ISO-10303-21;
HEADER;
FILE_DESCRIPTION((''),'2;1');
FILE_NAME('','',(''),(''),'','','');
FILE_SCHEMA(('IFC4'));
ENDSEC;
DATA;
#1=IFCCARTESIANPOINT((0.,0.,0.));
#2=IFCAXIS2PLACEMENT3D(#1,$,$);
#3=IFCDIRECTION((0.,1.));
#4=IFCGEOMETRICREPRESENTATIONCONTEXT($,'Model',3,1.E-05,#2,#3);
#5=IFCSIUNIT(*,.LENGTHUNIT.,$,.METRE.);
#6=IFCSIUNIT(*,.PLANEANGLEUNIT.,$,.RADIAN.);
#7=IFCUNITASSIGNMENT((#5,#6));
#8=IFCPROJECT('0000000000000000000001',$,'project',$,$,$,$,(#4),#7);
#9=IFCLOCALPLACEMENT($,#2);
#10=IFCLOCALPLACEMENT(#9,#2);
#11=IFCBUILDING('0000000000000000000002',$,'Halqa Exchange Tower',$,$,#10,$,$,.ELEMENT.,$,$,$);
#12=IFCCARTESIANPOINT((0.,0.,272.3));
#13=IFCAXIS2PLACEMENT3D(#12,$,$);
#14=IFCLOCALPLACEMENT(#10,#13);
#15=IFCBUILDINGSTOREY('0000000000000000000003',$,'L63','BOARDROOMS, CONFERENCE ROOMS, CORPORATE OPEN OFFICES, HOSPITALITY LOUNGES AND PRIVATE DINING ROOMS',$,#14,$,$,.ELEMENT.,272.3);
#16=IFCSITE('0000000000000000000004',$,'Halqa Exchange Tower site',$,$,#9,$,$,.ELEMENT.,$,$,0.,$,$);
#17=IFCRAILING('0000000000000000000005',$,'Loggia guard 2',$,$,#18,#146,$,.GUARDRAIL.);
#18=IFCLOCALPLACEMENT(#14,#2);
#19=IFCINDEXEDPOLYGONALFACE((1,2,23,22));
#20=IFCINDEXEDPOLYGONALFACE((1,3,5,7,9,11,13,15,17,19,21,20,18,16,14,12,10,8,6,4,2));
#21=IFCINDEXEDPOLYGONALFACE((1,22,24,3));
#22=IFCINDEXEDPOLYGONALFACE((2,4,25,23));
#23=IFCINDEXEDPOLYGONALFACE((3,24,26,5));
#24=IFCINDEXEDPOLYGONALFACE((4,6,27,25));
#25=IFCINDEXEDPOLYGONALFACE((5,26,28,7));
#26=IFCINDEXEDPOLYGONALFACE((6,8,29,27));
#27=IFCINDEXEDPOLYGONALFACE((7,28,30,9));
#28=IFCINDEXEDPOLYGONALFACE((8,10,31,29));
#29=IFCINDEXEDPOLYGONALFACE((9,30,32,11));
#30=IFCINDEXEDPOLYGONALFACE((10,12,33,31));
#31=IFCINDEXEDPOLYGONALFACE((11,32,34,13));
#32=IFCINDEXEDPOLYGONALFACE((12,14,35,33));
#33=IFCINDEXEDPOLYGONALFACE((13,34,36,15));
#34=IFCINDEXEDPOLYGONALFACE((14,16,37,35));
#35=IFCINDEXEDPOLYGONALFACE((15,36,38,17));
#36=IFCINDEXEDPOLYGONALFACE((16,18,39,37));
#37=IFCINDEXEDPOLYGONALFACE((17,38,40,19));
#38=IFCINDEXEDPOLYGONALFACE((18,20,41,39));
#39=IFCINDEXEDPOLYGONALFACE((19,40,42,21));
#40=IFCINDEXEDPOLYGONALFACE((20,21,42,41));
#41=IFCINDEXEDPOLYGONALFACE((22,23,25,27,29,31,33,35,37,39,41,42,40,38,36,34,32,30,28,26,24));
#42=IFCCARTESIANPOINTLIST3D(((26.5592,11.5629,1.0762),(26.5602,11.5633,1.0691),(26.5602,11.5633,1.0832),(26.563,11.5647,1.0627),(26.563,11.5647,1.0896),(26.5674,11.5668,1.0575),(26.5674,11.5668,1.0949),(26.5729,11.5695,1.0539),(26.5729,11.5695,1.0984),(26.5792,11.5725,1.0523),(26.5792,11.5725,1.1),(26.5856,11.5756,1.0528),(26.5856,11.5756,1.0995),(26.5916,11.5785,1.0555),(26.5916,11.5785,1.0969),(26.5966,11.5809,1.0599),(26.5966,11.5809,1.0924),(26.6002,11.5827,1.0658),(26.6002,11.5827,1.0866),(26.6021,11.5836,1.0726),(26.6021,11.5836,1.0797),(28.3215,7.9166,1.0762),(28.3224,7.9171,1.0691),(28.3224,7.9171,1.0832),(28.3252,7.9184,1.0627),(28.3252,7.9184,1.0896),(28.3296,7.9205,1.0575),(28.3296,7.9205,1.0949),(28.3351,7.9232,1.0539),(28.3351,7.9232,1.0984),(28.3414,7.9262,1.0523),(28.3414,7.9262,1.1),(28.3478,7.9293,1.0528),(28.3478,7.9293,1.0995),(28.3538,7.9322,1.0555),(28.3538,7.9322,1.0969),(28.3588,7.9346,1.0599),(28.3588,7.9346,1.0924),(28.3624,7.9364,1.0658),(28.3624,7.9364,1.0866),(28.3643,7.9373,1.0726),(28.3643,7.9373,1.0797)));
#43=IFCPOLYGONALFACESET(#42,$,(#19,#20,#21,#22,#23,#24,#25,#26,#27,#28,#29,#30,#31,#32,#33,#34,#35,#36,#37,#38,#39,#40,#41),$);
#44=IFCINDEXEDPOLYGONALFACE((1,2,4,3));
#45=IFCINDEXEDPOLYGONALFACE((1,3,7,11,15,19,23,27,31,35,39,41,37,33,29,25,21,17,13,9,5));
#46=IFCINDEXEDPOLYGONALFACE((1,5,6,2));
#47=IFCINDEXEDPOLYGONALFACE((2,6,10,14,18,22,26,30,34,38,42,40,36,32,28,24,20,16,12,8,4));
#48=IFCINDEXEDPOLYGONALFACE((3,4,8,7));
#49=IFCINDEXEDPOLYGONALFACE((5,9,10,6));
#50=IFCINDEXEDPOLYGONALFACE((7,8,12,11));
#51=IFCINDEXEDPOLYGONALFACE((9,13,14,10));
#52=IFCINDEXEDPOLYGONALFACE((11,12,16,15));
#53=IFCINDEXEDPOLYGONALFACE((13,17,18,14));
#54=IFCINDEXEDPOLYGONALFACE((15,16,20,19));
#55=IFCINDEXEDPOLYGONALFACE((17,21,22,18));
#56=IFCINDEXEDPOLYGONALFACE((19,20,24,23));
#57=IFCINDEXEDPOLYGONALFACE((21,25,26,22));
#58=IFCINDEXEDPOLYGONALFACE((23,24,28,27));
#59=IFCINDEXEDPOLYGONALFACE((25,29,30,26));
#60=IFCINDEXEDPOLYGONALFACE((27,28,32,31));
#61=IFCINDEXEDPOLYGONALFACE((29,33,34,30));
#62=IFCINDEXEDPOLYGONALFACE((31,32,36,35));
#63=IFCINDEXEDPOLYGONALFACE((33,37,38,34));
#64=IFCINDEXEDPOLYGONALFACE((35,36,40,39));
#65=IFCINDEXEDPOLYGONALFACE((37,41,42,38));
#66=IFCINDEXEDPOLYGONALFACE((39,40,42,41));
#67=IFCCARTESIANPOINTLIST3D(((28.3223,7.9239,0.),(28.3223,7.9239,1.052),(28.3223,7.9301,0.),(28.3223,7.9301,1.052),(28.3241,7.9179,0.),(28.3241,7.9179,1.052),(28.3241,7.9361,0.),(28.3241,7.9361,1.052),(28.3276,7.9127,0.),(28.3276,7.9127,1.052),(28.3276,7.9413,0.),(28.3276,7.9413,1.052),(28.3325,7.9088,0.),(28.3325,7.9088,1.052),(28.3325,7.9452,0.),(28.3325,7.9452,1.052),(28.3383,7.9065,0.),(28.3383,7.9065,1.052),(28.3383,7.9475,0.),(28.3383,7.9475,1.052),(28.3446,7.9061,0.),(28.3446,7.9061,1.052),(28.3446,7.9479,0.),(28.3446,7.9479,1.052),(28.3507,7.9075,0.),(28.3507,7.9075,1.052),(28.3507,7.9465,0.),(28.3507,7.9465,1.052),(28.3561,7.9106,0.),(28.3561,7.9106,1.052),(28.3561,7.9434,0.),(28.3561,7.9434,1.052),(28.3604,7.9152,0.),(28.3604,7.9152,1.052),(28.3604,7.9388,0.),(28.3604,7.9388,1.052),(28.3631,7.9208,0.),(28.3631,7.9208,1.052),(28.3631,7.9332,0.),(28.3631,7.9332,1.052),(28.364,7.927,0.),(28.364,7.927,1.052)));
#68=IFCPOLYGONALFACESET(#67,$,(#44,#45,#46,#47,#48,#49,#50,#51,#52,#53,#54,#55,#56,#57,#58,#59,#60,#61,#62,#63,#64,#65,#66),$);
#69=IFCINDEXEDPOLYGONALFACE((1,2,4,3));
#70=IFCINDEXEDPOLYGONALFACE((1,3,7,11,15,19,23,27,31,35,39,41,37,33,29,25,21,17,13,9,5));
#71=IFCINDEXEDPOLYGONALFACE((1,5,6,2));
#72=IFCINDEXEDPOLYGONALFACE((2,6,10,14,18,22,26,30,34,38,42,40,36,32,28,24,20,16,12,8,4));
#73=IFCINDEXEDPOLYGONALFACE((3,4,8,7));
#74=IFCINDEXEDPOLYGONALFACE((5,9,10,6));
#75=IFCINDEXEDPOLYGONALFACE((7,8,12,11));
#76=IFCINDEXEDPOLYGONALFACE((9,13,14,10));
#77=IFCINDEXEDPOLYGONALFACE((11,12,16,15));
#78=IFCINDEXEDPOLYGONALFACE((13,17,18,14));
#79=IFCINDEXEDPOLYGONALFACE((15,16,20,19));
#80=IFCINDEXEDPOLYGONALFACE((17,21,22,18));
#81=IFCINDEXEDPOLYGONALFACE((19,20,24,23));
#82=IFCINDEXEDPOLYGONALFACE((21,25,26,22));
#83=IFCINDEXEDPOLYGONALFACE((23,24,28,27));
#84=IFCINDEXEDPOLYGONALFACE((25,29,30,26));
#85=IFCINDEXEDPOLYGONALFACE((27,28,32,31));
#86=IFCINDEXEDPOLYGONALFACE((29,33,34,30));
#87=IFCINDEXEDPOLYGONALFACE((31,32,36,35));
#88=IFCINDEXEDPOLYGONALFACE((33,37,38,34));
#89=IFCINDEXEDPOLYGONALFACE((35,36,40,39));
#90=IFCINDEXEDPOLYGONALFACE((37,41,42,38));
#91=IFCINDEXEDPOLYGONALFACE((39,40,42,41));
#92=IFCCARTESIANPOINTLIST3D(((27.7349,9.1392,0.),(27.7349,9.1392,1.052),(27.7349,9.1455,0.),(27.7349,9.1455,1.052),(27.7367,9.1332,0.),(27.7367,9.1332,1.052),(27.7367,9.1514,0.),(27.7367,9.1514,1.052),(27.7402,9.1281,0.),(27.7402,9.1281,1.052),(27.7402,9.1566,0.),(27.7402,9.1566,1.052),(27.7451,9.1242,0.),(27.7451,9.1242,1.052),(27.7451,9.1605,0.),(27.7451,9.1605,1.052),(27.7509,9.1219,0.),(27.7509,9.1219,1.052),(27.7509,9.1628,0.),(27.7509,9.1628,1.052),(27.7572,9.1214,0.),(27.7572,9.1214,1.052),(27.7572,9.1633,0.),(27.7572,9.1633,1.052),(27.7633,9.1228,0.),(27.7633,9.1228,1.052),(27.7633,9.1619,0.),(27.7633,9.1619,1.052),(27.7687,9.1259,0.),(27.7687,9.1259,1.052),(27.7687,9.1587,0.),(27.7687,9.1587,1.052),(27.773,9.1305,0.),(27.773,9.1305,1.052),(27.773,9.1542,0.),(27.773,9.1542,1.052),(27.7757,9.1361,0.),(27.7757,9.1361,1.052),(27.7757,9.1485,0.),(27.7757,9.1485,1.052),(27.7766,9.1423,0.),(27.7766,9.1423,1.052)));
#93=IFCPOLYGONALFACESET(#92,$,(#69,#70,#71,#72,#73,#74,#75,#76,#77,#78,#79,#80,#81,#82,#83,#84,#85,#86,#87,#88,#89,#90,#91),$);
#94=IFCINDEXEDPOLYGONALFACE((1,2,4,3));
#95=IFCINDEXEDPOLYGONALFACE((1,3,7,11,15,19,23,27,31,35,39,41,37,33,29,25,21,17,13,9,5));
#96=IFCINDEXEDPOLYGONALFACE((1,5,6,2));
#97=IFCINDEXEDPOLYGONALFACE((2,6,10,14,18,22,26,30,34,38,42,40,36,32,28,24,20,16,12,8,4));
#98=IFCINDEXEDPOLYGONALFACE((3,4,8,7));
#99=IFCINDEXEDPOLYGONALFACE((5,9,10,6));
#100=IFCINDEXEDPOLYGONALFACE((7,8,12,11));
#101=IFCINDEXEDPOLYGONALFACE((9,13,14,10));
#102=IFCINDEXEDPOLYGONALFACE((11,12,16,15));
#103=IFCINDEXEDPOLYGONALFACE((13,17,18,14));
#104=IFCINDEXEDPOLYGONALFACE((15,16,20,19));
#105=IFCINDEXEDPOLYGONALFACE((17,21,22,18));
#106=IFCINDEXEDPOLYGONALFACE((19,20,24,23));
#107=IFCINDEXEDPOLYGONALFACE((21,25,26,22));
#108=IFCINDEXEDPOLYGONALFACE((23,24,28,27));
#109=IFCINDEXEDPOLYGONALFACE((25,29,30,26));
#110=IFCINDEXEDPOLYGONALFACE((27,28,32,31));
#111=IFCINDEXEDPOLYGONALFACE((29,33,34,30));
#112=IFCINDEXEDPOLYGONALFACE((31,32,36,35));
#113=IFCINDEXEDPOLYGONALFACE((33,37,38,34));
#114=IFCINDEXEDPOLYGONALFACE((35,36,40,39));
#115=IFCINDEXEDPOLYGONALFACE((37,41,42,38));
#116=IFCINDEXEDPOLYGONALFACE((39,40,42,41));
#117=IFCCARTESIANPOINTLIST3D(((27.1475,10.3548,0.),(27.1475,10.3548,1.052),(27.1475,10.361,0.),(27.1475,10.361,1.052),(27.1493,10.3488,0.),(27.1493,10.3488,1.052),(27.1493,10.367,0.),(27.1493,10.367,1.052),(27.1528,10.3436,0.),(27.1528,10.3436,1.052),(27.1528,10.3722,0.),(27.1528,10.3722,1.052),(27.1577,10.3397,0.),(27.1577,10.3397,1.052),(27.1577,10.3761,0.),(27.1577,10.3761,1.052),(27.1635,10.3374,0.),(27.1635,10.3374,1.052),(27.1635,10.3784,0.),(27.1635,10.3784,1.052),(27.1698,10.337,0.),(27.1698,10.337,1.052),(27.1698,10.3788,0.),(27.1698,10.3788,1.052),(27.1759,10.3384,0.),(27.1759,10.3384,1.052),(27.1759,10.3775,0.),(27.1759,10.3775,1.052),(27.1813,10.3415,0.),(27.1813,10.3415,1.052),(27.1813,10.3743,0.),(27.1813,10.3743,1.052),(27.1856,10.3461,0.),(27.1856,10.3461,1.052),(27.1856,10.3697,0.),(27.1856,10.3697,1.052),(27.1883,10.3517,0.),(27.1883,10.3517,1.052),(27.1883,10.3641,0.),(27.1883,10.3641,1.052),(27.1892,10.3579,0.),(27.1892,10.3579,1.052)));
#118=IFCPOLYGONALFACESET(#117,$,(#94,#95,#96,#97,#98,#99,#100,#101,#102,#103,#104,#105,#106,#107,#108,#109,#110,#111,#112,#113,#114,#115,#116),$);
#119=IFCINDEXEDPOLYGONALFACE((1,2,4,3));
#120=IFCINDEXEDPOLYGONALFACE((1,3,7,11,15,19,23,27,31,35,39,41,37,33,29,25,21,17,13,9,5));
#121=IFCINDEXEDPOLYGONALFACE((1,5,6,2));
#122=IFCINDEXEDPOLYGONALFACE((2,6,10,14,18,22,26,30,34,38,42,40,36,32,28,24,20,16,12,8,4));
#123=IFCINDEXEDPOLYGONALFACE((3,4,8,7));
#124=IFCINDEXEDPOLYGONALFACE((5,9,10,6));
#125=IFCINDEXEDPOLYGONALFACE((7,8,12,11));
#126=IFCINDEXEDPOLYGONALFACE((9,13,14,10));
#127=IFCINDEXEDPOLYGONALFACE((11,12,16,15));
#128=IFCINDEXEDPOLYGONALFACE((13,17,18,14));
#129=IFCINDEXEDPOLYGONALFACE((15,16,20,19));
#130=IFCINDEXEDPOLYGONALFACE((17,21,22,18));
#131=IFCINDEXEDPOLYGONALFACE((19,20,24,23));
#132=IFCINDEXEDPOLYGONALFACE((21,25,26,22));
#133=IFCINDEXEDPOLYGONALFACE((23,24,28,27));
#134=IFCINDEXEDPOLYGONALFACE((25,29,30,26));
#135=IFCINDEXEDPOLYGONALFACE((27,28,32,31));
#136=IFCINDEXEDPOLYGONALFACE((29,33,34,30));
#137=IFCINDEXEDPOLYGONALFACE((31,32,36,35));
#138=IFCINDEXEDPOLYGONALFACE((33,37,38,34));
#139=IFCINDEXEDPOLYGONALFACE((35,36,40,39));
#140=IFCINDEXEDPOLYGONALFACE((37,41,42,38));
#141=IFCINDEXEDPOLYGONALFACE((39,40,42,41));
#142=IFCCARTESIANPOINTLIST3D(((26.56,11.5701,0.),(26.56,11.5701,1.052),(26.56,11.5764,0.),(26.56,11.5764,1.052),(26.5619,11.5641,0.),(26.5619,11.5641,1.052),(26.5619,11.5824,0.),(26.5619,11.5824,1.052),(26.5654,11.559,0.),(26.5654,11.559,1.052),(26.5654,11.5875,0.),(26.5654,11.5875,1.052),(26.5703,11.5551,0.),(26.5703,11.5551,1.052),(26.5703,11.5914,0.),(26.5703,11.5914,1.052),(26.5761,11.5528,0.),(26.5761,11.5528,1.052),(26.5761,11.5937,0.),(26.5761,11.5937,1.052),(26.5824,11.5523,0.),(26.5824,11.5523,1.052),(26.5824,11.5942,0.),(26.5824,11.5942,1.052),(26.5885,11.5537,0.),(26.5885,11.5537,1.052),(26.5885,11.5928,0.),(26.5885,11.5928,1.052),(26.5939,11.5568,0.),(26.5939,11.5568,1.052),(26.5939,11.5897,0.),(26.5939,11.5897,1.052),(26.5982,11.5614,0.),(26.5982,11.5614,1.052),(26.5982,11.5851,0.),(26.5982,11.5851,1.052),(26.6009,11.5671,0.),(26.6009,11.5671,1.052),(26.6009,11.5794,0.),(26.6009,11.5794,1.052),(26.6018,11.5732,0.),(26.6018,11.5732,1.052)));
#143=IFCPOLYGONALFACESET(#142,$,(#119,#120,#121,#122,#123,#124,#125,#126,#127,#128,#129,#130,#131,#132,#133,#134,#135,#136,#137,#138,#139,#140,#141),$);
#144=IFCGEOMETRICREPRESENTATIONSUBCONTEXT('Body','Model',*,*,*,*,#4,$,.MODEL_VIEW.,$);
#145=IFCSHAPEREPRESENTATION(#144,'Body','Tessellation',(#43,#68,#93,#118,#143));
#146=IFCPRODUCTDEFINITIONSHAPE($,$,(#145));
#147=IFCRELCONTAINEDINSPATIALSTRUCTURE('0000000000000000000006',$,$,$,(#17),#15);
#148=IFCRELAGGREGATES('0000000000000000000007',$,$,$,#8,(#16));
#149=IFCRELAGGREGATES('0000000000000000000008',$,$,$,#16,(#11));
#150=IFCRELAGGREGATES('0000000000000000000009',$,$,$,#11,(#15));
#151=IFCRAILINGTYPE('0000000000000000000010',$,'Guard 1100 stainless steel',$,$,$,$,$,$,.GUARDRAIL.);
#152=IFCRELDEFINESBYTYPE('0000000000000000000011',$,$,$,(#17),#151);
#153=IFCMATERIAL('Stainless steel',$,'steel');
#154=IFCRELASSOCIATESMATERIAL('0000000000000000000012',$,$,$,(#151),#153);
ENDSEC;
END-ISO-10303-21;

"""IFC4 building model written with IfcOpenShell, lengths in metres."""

from ifc_helpers import new_model, si_unit, direction, frame, origin, origin_2d, place, context, subcontext, project, spatial, circle, extrude, material, type_object, element, save


model = new_model("IFC4")

# Units and contexts
model_context = context("Model", 3, precision=1e-05, world=origin(), true_north=direction((0.0, 1.0)))
body_context = subcontext(model_context, "Body", "Model", "MODEL_VIEW")
ifc_project = project(units=[si_unit("LENGTHUNIT", "METRE"), si_unit("PLANEANGLEUNIT", "RADIAN")], contexts=[model_context])

# Site, building, storey
site_placement = place(None, origin())
site = spatial("IfcSite", under=ifc_project, at=site_placement, Name="Halqa Exchange Tower site", CompositionType="ELEMENT", RefElevation=0.0)
building_placement = place(site_placement, origin())
building = spatial("IfcBuilding", under=site, at=building_placement, Name="Halqa Exchange Tower", CompositionType="ELEMENT")
storey_placement = place(building_placement, frame((0.0, 0.0, 272.3)))
storey = spatial("IfcBuildingStorey", under=building, at=storey_placement, Name="L63", Description="BOARDROOMS, CONFERENCE ROOMS, CORPORATE OPEN OFFICES, HOSPITALITY LOUNGES AND PRIVATE DINING ROOMS", CompositionType="ELEMENT", Elevation=272.3)

# Railing
ifc_material_1 = material(Name="Stainless steel", Category="steel")
railing_type = type_object("IfcRailingType", Name="Guard 1100 stainless steel", PredefinedType="GUARDRAIL", material=ifc_material_1)
railing_1_placement = place(storey_placement, frame((28.343, 7.927, 0.0)))
element("IfcRailing", 1, at=railing_1_placement, inside=storey, type_object=railing_type, Name="Loggia guard 2", PredefinedType="GUARDRAIL", context=body_context, shape_type="SweptSolid", body=[
    extrude(circle(Radius=0.0239, at=origin_2d()), frame((0.0, 0.0, 1.0762), z_axis=(-0.43514, 0.900363, 0.0), x_axis=(-0.900363, -0.43514, 0.0)), (0.0, 0.0, 1.0), 4.0498),
    extrude(circle(Radius=0.021, at=origin_2d()), origin(), (0.0, 0.0, 1.0), 1.052),
    extrude(circle(Radius=0.021, at=origin_2d()), frame((-0.5874, 1.2153, 0.0)), (0.0, 0.0, 1.0), 1.052),
    extrude(circle(Radius=0.021, at=origin_2d()), frame((-1.1748, 2.4309, 0.0)), (0.0, 0.0, 1.0), 1.052),
    extrude(circle(Radius=0.021, at=origin_2d()), frame((-1.7622, 3.6462, 0.0)), (0.0, 0.0, 1.0), 1.052),
])

save(model, "model.ifc")
